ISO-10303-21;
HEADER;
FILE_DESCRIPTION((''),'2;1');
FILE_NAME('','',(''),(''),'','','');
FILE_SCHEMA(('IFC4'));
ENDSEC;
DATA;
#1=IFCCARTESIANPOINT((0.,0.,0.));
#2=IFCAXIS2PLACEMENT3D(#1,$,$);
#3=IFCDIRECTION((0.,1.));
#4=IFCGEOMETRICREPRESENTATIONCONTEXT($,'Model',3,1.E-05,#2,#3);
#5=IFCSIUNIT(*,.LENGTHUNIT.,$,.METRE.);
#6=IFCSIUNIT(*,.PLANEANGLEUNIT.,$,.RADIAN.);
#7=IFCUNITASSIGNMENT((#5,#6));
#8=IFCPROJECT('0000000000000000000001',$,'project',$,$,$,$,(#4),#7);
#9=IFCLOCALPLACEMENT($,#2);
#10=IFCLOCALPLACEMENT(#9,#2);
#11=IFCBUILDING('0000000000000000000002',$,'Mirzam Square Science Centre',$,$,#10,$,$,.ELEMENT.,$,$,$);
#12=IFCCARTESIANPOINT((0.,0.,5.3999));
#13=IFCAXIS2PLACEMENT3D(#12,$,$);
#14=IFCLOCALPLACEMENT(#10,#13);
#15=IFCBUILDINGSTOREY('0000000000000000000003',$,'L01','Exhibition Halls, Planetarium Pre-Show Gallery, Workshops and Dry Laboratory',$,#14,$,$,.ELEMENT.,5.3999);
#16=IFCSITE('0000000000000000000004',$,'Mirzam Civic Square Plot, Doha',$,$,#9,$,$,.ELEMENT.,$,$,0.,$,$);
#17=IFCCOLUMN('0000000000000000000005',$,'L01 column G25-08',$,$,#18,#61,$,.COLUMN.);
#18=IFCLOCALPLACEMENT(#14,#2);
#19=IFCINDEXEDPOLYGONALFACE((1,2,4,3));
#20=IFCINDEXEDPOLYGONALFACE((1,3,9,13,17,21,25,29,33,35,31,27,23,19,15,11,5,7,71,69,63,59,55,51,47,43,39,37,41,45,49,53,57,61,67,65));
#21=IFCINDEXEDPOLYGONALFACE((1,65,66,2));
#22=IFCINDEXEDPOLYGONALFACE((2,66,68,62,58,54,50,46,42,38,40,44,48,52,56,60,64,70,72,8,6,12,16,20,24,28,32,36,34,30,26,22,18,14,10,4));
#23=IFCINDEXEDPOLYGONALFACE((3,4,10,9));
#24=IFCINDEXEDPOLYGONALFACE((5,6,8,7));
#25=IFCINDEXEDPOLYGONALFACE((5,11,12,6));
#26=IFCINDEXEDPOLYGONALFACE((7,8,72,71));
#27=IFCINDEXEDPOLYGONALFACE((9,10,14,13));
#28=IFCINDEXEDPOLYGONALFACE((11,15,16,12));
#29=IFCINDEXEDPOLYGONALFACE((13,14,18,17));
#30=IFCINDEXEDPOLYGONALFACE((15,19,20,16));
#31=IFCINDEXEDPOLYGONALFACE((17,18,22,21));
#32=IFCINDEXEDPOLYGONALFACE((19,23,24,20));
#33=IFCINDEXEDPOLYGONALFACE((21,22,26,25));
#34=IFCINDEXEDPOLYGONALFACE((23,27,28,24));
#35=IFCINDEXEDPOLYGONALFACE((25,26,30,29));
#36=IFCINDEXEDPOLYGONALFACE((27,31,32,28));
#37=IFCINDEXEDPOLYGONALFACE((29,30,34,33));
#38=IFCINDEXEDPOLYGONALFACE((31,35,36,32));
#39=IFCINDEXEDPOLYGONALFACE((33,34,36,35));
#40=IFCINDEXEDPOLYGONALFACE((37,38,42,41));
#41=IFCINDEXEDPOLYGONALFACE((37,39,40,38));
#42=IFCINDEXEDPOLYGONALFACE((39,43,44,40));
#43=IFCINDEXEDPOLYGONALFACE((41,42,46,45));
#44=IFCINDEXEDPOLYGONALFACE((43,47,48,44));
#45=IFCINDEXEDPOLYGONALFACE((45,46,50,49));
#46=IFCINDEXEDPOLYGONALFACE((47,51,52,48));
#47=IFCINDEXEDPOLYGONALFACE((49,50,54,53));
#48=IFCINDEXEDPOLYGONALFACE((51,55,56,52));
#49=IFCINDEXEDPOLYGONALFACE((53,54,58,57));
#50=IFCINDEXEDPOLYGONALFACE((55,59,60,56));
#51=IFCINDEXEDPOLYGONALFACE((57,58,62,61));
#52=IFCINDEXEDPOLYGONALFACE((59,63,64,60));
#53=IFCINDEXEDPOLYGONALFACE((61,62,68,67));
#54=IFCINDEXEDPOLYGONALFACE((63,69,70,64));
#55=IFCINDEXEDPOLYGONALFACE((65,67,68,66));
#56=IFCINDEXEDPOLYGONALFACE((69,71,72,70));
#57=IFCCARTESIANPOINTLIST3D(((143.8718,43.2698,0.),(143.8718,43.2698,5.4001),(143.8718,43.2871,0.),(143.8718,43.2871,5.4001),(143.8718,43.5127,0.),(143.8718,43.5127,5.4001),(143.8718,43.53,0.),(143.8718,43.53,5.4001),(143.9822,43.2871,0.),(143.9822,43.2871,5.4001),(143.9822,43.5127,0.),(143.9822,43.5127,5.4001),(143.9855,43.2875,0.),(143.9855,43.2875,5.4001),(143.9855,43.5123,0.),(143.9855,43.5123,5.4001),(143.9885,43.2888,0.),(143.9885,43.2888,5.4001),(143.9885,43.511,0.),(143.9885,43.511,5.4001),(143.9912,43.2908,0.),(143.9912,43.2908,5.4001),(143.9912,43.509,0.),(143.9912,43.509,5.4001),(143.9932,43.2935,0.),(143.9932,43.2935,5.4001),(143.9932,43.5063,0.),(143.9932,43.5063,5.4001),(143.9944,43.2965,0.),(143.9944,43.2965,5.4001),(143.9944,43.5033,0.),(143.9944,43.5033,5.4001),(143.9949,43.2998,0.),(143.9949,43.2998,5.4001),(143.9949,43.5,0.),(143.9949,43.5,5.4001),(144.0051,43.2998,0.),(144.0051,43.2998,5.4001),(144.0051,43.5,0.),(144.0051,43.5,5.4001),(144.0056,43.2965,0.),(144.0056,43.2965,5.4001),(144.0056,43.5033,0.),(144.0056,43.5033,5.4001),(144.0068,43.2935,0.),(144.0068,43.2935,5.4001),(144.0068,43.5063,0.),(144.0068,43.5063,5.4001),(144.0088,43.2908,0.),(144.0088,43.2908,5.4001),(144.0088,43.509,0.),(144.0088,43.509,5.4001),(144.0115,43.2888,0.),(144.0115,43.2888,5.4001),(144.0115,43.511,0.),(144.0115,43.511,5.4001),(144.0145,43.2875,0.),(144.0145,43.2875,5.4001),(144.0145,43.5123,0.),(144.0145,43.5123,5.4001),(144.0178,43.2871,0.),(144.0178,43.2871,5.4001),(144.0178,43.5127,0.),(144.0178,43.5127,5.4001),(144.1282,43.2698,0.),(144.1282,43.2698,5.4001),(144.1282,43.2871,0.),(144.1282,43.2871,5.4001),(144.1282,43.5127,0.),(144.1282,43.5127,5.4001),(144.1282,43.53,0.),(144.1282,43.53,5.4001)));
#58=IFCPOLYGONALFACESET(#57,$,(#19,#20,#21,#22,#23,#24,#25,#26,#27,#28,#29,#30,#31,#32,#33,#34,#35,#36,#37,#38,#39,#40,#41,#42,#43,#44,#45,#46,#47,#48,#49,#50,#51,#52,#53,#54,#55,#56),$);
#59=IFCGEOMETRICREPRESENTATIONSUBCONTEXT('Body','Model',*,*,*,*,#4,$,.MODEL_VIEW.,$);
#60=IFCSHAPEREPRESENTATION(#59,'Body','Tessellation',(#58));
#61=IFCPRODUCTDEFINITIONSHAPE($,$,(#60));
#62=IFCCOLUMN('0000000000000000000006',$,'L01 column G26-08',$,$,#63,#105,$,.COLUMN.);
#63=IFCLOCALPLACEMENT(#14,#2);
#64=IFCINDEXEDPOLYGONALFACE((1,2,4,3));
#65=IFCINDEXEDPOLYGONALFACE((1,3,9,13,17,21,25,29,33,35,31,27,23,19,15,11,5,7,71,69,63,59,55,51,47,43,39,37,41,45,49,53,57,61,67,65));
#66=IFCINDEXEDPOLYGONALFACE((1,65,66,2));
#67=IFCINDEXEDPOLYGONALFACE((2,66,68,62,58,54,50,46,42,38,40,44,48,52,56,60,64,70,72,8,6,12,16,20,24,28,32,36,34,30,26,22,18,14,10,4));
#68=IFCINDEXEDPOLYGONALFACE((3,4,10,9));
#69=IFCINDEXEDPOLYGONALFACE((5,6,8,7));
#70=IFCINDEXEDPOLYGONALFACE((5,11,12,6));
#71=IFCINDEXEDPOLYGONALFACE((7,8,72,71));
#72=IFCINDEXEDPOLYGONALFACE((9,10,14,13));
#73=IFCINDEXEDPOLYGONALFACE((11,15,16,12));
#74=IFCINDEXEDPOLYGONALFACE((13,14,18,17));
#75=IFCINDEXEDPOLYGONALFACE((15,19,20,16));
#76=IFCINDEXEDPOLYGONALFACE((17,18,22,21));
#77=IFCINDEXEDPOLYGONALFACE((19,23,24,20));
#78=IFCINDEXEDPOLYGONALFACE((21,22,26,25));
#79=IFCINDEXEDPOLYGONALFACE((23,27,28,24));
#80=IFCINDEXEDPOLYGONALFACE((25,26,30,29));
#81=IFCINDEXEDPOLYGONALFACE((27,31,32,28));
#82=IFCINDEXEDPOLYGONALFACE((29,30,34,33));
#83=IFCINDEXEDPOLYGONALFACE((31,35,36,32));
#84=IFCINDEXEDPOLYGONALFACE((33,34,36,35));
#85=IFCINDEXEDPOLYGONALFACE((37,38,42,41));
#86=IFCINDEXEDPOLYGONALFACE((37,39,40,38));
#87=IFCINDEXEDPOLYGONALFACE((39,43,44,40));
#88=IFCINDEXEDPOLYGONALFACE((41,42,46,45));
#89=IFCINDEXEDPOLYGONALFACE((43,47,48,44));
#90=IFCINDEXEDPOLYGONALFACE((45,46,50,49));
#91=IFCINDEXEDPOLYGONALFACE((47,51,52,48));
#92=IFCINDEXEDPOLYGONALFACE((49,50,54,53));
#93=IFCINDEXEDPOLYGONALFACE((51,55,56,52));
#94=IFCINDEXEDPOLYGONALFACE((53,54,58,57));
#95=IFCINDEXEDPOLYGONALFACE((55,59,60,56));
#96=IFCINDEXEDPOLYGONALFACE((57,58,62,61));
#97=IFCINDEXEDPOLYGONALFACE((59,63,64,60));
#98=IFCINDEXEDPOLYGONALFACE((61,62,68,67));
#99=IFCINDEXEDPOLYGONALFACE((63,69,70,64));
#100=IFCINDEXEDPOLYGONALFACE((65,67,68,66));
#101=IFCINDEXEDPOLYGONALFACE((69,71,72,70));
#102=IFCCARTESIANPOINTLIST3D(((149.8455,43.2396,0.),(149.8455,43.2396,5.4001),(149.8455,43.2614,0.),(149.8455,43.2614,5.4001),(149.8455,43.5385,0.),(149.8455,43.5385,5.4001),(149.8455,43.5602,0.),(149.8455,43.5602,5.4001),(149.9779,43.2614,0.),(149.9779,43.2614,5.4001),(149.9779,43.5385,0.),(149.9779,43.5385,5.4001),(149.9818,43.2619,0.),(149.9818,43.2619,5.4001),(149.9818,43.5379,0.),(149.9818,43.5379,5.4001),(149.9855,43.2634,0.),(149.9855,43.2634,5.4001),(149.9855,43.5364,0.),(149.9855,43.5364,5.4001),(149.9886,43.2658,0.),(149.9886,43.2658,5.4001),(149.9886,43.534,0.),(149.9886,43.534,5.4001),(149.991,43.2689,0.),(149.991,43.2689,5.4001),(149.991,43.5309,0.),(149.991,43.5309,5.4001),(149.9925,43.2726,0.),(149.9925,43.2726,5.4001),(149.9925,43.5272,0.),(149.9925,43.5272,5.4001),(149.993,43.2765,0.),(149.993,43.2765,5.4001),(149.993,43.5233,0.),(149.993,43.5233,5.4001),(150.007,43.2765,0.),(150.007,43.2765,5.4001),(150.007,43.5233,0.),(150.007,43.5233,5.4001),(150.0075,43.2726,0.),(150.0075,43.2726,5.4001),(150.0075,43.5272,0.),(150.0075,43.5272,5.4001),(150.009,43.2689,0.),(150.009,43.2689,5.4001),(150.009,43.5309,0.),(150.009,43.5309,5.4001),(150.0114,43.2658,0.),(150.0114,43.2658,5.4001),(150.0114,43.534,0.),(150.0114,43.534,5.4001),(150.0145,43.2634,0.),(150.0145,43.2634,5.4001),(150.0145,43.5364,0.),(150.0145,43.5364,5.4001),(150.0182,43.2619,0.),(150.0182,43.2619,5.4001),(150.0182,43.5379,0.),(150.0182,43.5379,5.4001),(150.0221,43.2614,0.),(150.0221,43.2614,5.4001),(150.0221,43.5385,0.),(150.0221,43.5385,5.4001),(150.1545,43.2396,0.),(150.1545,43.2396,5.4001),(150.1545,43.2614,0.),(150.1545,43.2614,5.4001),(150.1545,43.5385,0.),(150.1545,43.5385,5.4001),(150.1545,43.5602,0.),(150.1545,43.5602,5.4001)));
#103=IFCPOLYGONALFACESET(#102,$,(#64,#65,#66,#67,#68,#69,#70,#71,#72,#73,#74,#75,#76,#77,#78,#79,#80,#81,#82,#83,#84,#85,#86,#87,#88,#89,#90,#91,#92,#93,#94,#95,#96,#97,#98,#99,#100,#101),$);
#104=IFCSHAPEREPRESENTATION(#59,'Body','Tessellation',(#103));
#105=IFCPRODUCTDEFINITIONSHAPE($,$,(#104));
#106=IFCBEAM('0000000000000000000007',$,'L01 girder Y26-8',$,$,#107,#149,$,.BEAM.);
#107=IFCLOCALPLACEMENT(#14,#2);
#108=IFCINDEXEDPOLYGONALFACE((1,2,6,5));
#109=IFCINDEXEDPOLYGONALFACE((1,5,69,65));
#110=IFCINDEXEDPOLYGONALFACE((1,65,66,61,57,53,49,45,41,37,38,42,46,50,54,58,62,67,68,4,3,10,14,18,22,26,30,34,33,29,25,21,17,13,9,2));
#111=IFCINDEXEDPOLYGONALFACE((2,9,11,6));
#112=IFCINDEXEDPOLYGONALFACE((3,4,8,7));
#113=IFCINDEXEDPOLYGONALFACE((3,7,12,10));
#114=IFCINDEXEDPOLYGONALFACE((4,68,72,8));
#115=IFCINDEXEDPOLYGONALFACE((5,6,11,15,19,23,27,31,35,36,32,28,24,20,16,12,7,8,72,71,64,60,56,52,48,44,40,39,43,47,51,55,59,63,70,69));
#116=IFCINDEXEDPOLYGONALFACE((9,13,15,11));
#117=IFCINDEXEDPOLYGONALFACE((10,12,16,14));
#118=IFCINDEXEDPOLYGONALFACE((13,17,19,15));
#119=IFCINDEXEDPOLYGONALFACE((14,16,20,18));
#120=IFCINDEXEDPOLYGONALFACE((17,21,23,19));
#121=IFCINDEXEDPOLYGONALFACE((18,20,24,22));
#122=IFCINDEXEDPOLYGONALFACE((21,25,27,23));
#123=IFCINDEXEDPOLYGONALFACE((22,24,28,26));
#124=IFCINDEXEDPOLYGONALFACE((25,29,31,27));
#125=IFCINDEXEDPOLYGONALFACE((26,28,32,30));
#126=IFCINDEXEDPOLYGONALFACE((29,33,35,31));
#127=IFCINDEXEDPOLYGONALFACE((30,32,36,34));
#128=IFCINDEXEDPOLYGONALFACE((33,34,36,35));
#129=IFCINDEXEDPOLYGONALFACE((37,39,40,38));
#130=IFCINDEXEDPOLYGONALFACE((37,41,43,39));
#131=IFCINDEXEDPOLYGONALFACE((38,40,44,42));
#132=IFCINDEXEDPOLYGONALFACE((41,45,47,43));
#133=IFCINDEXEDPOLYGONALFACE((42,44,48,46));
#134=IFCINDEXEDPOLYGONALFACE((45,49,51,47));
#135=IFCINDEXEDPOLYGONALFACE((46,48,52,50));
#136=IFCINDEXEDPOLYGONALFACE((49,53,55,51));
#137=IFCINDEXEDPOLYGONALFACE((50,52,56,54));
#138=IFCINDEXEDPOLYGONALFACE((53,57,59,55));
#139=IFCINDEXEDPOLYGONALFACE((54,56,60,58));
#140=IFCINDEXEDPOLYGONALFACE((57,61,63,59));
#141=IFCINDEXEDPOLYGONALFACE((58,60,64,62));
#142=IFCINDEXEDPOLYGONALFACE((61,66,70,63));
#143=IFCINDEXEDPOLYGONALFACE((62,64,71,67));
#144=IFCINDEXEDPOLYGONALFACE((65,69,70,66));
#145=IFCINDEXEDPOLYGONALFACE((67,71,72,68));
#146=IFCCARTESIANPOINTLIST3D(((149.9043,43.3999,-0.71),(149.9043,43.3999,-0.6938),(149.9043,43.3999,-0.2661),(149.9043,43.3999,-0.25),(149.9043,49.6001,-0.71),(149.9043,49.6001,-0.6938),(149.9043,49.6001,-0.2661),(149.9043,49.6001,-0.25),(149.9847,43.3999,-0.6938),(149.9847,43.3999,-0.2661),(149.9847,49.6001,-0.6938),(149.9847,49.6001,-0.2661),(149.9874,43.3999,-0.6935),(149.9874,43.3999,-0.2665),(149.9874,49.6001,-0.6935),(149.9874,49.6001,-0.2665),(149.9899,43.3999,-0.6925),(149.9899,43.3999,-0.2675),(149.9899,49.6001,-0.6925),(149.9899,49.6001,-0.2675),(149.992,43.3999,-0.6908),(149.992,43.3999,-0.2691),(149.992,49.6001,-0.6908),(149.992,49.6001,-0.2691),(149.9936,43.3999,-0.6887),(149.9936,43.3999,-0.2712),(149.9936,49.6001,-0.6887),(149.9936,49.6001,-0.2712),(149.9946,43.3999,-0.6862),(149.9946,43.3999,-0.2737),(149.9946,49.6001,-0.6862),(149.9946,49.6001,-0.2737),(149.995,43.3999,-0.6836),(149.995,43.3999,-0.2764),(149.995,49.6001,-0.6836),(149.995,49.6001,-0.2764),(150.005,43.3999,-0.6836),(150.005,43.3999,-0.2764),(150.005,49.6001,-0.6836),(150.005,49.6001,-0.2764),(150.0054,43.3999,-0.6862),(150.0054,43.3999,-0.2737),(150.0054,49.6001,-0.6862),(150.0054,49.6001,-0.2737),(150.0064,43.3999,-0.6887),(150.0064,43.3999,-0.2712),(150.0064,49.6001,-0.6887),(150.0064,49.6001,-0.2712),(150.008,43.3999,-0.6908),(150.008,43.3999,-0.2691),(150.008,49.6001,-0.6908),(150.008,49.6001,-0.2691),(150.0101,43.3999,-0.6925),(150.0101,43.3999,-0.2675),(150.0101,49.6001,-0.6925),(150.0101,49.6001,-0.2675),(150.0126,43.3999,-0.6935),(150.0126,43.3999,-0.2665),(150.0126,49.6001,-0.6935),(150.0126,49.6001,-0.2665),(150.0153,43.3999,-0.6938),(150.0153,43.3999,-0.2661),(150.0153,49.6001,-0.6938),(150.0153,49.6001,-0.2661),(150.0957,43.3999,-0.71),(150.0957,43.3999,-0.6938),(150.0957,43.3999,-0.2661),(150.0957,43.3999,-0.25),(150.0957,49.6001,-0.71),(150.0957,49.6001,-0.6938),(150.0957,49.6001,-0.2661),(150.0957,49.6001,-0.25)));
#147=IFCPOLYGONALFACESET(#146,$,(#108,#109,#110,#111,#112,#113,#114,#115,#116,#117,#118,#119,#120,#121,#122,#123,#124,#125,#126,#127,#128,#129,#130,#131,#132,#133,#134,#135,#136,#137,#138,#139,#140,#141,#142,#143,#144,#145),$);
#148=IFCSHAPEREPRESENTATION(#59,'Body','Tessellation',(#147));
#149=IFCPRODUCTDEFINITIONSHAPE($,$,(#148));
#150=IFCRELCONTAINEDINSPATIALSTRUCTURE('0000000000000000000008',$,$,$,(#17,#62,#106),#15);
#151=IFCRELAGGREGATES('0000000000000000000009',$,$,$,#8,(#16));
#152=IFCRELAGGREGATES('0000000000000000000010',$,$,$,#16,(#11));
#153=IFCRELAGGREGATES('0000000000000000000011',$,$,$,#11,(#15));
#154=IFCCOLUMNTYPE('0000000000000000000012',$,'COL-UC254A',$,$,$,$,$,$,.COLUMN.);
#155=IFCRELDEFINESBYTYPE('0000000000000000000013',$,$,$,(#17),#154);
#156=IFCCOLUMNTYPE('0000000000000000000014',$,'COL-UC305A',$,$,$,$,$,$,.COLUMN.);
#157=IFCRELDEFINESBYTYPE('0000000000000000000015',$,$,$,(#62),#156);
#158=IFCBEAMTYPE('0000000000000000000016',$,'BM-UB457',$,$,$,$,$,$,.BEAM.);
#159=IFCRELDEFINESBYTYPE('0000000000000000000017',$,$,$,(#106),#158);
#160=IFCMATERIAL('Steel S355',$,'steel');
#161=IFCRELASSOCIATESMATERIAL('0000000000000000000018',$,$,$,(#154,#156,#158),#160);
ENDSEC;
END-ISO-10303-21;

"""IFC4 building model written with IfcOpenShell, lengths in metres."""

from ifc_helpers import new_model, si_unit, direction, frame, origin, origin_2d, place, context, subcontext, project, spatial, i_section, extrude, material, material_profile, profile_set, type_object, element, save


model = new_model("IFC4")

# Units and contexts
model_context = context("Model", 3, precision=1e-05, world=origin(), true_north=direction((0.0, 1.0)))
body_context = subcontext(model_context, "Body", "Model", "MODEL_VIEW")
ifc_project = project(units=[si_unit("LENGTHUNIT", "METRE"), si_unit("PLANEANGLEUNIT", "RADIAN")], contexts=[model_context])

# Site, building, storey
site_placement = place(None, origin())
site = spatial("IfcSite", under=ifc_project, at=site_placement, Name="Mirzam Civic Square Plot, Doha", CompositionType="ELEMENT", RefElevation=0.0)
building_placement = place(site_placement, origin())
building = spatial("IfcBuilding", under=site, at=building_placement, Name="Mirzam Square Science Centre", CompositionType="ELEMENT")
storey_placement = place(building_placement, frame((0.0, 0.0, 5.3999)))
storey = spatial("IfcBuildingStorey", under=building, at=storey_placement, Name="L01", Description="Exhibition Halls, Planetarium Pre-Show Gallery, Workshops and Dry Laboratory", CompositionType="ELEMENT", Elevation=5.3999)

# Columns
ifc_material_1 = material(Name="Steel S355", Category="steel")
ifc_material_profile_1 = material_profile(ifc_material_1, i_section(OverallWidth=0.2563, OverallDepth=0.2603, WebThickness=0.0103, FlangeThickness=0.0173, FilletRadius=0.0127, at=origin_2d()), Name="254x254x89UC")
ifc_profile_set_1 = profile_set([ifc_material_profile_1], Name="Steel S355")
column_type_1 = type_object("IfcColumnType", Name="COL-UC254A", PredefinedType="COLUMN", material=ifc_profile_set_1)
column_1_placement = place(storey_placement, frame((144.0, 43.3999, 0.0), z_axis=(0.0, 0.0, 1.0), x_axis=(1.0, 0.0, 0.0)))
element("IfcColumn", 1, at=column_1_placement, inside=storey, type_object=column_type_1, Name="L01 column G25-08", PredefinedType="COLUMN", context=body_context, shape_type="SweptSolid", body=[
    extrude(i_section(OverallWidth=0.2563, OverallDepth=0.2603, WebThickness=0.0103, FlangeThickness=0.0173, FilletRadius=0.0127, at=origin_2d()), origin(), (0.0, 0.0, 1.0), 5.4001),
])
ifc_material_profile_2 = material_profile(ifc_material_1, i_section(OverallWidth=0.3091, OverallDepth=0.3206, WebThickness=0.0139, FlangeThickness=0.0217, FilletRadius=0.0151, at=origin_2d()), Name="305x305x137UC")
ifc_profile_set_2 = profile_set([ifc_material_profile_2], Name="Steel S355")
column_type_2 = type_object("IfcColumnType", Name="COL-UC305A", PredefinedType="COLUMN", material=ifc_profile_set_2)
column_2_placement = place(storey_placement, frame((150.0, 43.3999, 0.0), z_axis=(0.0, 0.0, 1.0), x_axis=(1.0, 0.0, 0.0)))
element("IfcColumn", 2, at=column_2_placement, inside=storey, type_object=column_type_2, Name="L01 column G26-08", PredefinedType="COLUMN", context=body_context, shape_type="SweptSolid", body=[
    extrude(i_section(OverallWidth=0.3091, OverallDepth=0.3206, WebThickness=0.0139, FlangeThickness=0.0217, FilletRadius=0.0151, at=origin_2d()), origin(), (0.0, 0.0, 1.0), 5.4001),
])

# Beam
ifc_material_profile_3 = material_profile(ifc_material_1, i_section(OverallWidth=0.1914, OverallDepth=0.46, WebThickness=0.01, FlangeThickness=0.0161, FilletRadius=0.0103, at=origin_2d()), Name="457x191x82UB")
ifc_profile_set_3 = profile_set([ifc_material_profile_3], Name="Steel S355")
beam_type_1 = type_object("IfcBeamType", Name="BM-UB457", PredefinedType="BEAM", material=ifc_profile_set_3)
beam_1_placement = place(storey_placement, frame((150.0, 43.3999, -0.48), z_axis=(0.0, 1.0, 0.0), x_axis=(-1.0, 0.0, 0.0)))
element("IfcBeam", 3, at=beam_1_placement, inside=storey, type_object=beam_type_1, Name="L01 girder Y26-8", PredefinedType="BEAM", context=body_context, shape_type="SweptSolid", body=[
    extrude(i_section(OverallWidth=0.1914, OverallDepth=0.46, WebThickness=0.01, FlangeThickness=0.0161, FilletRadius=0.0103, at=origin_2d()), origin(), (0.0, 0.0, 1.0), 6.2002),
])

save(model, "model.ifc")
